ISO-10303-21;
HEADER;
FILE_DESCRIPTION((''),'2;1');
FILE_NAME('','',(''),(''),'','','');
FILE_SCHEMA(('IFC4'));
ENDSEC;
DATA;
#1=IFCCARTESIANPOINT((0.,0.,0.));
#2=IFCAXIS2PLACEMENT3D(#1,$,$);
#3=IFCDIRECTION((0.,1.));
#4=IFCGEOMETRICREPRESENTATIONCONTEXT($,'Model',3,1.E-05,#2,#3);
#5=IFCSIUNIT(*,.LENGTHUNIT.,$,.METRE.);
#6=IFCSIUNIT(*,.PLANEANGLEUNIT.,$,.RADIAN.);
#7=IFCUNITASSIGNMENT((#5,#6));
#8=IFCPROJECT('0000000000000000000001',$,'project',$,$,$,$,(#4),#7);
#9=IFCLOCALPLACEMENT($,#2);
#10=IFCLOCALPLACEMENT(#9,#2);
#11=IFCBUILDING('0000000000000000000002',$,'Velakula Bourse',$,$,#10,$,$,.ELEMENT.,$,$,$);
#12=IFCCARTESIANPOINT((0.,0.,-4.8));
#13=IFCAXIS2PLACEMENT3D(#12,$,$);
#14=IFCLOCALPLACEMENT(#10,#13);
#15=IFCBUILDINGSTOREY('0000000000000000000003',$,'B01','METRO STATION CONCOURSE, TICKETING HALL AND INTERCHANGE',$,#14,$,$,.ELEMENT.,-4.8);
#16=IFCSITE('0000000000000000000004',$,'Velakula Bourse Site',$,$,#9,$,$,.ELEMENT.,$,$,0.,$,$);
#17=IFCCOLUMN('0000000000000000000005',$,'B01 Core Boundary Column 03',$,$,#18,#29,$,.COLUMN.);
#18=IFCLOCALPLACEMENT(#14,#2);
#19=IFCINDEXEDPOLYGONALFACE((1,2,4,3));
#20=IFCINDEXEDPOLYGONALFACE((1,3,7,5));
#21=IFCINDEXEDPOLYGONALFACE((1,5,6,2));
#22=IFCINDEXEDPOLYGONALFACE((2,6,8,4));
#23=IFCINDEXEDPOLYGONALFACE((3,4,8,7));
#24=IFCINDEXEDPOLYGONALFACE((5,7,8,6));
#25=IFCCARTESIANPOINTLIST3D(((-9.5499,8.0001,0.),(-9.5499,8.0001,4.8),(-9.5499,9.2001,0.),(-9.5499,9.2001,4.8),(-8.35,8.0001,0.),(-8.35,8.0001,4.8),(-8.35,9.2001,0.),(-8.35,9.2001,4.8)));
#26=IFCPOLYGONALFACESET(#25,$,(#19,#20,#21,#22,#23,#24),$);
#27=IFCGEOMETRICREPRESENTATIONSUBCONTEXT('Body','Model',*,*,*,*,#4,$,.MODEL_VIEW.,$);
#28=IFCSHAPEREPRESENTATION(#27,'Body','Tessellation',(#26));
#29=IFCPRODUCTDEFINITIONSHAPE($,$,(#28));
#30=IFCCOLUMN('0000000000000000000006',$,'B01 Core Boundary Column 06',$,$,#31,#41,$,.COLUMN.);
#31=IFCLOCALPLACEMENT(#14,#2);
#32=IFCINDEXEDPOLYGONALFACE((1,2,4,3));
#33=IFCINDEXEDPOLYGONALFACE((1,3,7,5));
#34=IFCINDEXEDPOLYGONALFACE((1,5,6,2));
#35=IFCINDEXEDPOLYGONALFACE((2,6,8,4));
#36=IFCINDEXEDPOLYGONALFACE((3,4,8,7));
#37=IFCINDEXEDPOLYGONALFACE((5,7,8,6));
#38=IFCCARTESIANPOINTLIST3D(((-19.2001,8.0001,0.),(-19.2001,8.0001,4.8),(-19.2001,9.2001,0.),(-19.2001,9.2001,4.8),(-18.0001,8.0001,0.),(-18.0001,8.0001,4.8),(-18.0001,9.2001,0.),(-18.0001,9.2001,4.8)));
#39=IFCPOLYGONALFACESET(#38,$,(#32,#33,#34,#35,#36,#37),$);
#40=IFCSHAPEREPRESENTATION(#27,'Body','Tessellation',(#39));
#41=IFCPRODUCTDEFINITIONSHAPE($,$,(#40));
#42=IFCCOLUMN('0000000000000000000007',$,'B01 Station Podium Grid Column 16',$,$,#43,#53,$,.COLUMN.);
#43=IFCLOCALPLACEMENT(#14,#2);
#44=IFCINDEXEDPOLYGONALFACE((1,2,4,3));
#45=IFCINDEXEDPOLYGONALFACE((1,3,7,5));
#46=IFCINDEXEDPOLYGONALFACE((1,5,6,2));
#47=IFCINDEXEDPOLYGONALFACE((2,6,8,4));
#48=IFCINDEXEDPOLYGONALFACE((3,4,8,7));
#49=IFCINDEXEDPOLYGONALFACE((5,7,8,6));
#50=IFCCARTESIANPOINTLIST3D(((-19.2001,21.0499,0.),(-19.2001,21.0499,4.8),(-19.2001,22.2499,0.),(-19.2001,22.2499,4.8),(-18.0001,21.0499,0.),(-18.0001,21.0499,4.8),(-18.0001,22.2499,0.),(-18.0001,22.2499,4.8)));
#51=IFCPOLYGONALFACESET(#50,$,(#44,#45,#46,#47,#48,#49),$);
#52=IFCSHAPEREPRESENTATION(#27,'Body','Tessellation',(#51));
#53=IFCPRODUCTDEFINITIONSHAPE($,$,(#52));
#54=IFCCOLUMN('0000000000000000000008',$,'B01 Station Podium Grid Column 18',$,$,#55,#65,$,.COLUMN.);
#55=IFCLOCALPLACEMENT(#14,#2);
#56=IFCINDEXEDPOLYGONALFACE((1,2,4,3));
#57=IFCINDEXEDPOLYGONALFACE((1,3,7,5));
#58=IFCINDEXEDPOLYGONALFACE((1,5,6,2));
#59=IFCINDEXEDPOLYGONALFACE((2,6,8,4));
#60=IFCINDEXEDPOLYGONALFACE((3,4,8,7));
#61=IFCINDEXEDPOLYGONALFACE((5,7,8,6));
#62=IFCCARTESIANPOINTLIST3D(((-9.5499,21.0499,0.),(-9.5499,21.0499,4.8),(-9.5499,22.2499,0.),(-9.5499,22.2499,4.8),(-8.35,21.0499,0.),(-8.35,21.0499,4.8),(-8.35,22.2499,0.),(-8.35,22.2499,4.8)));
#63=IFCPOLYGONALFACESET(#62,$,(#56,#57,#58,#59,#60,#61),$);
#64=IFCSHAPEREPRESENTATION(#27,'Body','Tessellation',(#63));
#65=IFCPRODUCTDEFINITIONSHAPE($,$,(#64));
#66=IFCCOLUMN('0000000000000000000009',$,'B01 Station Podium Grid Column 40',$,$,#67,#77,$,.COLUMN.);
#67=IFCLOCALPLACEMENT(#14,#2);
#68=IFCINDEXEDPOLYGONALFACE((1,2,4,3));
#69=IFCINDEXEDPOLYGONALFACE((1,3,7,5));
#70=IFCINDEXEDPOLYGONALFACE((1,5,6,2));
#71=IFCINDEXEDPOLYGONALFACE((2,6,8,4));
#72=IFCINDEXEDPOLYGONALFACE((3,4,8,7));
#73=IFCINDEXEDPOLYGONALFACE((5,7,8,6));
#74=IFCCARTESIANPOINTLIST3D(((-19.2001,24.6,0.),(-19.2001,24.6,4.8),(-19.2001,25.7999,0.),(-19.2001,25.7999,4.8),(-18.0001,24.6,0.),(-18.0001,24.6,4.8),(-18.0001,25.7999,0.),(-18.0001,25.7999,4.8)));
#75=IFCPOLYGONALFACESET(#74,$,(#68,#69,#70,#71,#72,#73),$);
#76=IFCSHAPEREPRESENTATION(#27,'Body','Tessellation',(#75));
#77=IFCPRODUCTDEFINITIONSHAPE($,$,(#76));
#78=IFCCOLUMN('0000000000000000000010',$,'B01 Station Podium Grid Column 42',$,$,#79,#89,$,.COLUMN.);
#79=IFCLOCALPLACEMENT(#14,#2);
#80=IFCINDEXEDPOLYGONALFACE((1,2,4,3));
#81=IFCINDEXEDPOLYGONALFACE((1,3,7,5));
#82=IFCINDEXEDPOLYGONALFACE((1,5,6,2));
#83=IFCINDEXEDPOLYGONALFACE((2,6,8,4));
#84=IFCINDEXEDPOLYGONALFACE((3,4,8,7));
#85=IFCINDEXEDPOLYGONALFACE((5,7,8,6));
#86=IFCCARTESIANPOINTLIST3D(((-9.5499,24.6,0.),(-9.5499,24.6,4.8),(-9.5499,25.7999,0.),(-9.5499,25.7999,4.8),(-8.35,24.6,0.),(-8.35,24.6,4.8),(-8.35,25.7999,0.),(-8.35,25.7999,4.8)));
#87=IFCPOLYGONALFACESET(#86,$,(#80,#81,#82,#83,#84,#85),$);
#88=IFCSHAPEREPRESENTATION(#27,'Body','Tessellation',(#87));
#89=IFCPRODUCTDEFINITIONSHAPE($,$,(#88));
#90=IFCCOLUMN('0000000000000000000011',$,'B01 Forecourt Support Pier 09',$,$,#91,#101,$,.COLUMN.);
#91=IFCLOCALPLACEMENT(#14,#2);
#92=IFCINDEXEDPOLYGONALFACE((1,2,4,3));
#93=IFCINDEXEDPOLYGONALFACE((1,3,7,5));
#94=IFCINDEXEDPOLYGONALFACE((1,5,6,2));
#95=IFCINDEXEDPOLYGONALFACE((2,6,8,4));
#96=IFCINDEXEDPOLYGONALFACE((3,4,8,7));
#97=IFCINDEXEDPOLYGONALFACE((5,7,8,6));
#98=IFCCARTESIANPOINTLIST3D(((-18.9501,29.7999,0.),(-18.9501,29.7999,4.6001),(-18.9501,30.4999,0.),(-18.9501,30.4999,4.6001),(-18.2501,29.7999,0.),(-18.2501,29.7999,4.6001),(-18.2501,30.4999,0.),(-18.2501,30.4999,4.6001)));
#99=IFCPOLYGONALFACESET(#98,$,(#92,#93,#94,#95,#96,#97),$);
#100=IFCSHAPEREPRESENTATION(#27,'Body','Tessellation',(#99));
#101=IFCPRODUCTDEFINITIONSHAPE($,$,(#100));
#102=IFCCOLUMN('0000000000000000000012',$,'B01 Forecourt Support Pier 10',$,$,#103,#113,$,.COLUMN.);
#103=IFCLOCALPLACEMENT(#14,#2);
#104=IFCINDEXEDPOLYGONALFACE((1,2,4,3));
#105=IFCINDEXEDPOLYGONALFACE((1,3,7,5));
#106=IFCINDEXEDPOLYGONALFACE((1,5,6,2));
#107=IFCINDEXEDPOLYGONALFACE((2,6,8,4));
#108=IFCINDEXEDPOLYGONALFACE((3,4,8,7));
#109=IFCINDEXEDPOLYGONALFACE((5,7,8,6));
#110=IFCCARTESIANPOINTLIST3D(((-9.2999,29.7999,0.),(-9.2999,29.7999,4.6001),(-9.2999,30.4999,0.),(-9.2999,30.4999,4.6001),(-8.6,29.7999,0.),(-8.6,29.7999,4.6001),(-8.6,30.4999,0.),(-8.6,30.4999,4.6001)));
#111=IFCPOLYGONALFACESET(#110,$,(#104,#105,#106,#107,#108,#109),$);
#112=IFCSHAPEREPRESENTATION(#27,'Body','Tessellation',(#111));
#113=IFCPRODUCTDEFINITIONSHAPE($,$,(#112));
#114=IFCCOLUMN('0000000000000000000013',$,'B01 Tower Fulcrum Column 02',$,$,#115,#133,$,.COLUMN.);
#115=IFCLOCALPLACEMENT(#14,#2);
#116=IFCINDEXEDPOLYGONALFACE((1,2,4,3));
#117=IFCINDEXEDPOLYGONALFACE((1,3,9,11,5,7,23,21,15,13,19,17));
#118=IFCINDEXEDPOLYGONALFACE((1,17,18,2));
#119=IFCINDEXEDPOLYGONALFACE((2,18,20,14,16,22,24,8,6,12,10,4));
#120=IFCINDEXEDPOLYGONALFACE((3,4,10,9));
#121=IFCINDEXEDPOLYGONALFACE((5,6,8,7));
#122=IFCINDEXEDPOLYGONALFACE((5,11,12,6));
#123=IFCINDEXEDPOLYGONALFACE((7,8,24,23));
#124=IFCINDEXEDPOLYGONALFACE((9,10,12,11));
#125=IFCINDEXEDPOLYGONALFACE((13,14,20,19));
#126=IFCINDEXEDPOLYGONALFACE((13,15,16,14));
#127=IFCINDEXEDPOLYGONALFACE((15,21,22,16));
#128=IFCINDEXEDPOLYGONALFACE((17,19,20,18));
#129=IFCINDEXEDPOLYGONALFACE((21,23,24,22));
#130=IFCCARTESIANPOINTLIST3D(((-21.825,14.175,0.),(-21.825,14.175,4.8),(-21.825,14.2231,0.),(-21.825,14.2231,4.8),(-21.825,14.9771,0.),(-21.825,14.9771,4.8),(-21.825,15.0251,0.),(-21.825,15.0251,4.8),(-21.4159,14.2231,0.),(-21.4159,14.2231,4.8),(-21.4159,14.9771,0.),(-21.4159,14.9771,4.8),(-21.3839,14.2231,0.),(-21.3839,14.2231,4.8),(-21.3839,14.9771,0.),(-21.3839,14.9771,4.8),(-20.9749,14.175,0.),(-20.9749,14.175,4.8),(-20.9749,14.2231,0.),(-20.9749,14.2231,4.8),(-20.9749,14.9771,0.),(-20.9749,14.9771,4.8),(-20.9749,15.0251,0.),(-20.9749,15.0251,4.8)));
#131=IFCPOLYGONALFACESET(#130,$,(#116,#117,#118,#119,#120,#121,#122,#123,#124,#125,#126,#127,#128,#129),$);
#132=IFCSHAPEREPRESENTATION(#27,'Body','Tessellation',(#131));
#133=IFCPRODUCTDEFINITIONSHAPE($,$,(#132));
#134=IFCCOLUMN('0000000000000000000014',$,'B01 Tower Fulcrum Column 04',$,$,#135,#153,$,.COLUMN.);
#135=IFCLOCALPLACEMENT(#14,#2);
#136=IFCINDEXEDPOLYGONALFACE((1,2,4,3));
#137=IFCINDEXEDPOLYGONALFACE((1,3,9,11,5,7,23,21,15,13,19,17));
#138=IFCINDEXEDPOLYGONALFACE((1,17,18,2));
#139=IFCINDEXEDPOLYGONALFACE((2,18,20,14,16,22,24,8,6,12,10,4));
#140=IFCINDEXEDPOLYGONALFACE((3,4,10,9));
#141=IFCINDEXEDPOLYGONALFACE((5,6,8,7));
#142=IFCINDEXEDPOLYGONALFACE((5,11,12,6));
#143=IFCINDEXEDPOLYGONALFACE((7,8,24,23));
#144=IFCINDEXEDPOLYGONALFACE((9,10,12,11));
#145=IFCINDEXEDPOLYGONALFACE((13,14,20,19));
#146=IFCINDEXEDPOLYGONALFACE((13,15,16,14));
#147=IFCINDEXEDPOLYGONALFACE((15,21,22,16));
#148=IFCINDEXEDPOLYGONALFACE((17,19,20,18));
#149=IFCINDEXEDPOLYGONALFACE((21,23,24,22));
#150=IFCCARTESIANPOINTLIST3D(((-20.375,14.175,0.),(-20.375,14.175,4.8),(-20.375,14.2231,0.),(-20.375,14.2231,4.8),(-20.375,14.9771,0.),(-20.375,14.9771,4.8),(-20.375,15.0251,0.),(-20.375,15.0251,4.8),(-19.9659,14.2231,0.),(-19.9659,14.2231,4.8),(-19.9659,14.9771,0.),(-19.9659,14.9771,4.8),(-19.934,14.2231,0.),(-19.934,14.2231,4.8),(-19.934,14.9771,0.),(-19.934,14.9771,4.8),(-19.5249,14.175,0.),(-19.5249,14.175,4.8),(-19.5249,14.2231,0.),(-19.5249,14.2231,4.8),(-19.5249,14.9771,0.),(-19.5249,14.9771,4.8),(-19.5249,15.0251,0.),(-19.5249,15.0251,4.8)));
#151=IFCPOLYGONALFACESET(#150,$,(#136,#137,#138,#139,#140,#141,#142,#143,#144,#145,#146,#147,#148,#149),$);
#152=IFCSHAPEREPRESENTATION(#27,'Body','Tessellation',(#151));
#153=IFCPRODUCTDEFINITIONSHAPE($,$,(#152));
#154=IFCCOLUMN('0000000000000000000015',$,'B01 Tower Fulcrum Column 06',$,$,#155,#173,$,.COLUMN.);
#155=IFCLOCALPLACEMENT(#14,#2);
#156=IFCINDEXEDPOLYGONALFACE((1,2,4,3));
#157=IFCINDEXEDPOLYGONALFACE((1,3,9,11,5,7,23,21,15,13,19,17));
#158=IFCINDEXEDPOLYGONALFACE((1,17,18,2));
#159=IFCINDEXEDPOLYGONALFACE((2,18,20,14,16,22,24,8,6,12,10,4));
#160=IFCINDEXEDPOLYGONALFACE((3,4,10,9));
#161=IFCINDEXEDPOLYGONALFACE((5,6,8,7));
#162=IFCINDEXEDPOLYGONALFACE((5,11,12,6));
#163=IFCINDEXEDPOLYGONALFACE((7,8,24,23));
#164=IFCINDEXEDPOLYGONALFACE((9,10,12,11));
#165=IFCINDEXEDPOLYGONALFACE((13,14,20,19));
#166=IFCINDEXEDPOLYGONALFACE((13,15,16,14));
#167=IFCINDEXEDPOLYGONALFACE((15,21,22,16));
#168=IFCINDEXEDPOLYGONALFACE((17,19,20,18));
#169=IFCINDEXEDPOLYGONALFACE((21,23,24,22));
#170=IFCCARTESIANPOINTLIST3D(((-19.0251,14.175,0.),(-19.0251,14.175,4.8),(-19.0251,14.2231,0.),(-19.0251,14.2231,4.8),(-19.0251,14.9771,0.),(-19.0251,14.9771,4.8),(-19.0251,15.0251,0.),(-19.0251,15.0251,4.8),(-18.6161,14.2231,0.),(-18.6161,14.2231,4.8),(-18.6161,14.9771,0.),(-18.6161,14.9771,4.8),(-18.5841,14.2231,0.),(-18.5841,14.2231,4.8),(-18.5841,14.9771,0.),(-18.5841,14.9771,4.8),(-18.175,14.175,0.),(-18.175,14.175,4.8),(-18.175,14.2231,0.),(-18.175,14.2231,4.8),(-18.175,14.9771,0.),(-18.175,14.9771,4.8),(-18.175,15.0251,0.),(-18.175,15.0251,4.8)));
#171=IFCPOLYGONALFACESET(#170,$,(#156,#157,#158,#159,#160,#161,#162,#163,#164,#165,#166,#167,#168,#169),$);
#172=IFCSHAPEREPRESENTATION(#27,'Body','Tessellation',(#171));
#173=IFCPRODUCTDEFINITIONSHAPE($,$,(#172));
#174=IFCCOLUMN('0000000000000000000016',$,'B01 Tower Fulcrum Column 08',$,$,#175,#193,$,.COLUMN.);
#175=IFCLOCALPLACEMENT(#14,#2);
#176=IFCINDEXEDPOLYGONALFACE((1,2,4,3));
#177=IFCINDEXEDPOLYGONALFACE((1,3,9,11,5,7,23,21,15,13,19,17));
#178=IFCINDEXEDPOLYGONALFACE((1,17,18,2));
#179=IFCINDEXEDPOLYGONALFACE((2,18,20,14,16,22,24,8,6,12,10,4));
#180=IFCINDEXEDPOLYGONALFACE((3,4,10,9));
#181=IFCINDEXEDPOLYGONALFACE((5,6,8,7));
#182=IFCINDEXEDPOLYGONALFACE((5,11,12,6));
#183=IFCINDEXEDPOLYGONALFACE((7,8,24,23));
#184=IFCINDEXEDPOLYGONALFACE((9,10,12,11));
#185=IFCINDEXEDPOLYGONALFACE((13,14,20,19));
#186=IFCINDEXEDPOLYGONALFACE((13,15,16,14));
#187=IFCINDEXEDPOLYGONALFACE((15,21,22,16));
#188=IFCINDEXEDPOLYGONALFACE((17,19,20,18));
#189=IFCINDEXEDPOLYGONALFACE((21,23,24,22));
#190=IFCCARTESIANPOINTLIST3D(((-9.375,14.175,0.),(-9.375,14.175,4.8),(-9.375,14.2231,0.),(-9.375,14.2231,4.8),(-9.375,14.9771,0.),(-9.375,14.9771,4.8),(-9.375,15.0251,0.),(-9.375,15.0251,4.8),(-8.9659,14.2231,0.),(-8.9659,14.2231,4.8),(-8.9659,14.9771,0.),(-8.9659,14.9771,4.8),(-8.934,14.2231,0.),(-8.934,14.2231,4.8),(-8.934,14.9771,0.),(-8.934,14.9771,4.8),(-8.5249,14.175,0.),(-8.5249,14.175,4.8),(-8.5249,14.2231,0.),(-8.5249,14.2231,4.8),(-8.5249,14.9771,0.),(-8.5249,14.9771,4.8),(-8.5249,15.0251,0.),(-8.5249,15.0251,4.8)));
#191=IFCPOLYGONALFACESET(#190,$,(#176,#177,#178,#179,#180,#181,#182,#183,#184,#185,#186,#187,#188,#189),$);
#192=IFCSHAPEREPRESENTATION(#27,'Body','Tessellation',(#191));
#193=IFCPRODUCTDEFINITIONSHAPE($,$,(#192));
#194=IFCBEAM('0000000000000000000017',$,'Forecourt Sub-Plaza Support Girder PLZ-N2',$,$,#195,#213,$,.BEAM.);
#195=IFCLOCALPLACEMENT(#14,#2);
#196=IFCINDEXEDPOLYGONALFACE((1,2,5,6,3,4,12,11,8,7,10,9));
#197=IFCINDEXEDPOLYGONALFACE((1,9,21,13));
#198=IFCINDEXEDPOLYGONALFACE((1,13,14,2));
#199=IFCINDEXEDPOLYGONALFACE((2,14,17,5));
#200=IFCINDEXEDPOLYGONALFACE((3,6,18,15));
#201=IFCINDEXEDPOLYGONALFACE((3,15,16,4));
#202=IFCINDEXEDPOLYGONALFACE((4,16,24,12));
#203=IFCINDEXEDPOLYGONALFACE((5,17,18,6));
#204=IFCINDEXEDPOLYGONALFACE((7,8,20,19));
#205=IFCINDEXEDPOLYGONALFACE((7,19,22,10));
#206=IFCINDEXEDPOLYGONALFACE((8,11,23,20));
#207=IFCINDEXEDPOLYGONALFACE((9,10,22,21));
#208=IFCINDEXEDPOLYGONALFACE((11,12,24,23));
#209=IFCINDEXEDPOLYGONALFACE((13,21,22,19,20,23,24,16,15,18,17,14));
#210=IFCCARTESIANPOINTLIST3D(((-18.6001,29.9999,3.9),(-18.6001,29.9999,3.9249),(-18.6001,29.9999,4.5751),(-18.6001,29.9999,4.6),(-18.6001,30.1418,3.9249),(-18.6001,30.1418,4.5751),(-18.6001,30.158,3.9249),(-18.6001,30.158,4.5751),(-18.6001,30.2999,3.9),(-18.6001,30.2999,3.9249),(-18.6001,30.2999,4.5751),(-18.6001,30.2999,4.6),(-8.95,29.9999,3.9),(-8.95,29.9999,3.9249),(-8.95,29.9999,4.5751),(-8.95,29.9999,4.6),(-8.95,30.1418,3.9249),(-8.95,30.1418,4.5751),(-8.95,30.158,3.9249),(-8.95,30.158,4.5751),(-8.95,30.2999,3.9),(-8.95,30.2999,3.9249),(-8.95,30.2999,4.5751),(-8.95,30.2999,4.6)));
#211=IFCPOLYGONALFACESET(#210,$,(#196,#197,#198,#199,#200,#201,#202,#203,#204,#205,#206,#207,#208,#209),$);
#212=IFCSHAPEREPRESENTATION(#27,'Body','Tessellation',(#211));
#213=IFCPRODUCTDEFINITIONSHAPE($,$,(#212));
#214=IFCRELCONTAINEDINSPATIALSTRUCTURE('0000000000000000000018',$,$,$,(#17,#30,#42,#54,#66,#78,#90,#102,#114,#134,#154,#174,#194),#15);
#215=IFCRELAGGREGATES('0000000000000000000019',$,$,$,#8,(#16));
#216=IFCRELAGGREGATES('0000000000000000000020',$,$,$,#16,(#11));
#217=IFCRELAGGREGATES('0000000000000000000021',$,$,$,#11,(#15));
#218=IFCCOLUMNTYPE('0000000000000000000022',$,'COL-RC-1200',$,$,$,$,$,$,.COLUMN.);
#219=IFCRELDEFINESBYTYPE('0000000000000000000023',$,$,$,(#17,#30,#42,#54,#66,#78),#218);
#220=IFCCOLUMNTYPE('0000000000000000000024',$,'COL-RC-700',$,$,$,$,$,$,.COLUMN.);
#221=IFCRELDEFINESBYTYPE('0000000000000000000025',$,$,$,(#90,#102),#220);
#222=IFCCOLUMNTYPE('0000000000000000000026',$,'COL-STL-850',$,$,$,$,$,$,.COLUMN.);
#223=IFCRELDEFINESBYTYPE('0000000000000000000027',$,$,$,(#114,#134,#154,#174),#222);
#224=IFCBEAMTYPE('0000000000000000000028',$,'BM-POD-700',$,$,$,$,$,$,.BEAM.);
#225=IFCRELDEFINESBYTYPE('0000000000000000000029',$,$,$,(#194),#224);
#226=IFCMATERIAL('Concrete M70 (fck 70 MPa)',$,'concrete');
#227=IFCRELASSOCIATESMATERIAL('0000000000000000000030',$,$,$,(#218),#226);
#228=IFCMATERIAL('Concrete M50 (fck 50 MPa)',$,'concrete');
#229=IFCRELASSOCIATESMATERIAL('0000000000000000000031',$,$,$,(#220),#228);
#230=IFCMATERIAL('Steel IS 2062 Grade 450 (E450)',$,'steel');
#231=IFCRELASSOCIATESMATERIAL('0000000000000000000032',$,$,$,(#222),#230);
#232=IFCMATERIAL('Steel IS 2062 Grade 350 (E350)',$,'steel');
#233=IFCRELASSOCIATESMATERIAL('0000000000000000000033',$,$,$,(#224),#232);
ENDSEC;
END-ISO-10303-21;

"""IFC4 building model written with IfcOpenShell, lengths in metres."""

from ifc_helpers import new_model, si_unit, direction, frame, origin, origin_2d, place, context, subcontext, project, spatial, rectangle, i_section, extrude, material, material_profile, profile_set, type_object, element, save


model = new_model("IFC4")

# Units and contexts
model_context = context("Model", 3, precision=1e-05, world=origin(), true_north=direction((0.0, 1.0)))
body_context = subcontext(model_context, "Body", "Model", "MODEL_VIEW")
ifc_project = project(units=[si_unit("LENGTHUNIT", "METRE"), si_unit("PLANEANGLEUNIT", "RADIAN")], contexts=[model_context])

# Site, building, storey
site_placement = place(None, origin())
site = spatial("IfcSite", under=ifc_project, at=site_placement, Name="Velakula Bourse Site", CompositionType="ELEMENT", RefElevation=0.0)
building_placement = place(site_placement, origin())
building = spatial("IfcBuilding", under=site, at=building_placement, Name="Velakula Bourse", CompositionType="ELEMENT")
storey_placement = place(building_placement, frame((0.0, 0.0, -4.8)))
storey = spatial("IfcBuildingStorey", under=building, at=storey_placement, Name="B01", Description="METRO STATION CONCOURSE, TICKETING HALL AND INTERCHANGE", CompositionType="ELEMENT", Elevation=-4.8)

# Columns
ifc_material_1 = material(Name="Concrete M70 (fck 70 MPa)", Category="concrete")
ifc_material_profile_1 = material_profile(ifc_material_1, rectangle(XDim=1.2, YDim=1.2, at=origin_2d()), Name="Concrete M70 (fck 70 MPa)")
ifc_profile_set_1 = profile_set([ifc_material_profile_1], Name="Concrete M70 (fck 70 MPa)")
column_type_1 = type_object("IfcColumnType", Name="COL-RC-1200", PredefinedType="COLUMN", material=ifc_profile_set_1)
for number, where, z_axis, x_axis, name in (
    (1, (-8.95, 8.6001, 0.0), (0.0, 0.0, 1.0), (1.0, 0.0, 0.0), "B01 Core Boundary Column 03"),
    (2, (-18.6001, 8.6001, 0.0), (0.0, 0.0, 1.0), (1.0, 0.0, 0.0), "B01 Core Boundary Column 06"),
    (3, (-18.6001, 21.6499, 0.0), (0.0, 0.0, 1.0), (1.0, 0.0, 0.0), "B01 Station Podium Grid Column 16"),
    (4, (-8.95, 21.6499, 0.0), (0.0, 0.0, 1.0), (1.0, 0.0, 0.0), "B01 Station Podium Grid Column 18"),
    (5, (-18.6001, 25.2, 0.0), (0.0, 0.0, 1.0), (1.0, 0.0, 0.0), "B01 Station Podium Grid Column 40"),
    (6, (-8.95, 25.2, 0.0), (0.0, 0.0, 1.0), (1.0, 0.0, 0.0), "B01 Station Podium Grid Column 42"),
):
    element("IfcColumn", number, at=place(storey_placement, frame(where, z_axis=z_axis, x_axis=x_axis)), inside=storey, type_object=column_type_1, Name=name, PredefinedType="COLUMN", context=body_context, shape_type="SweptSolid", body=[
        extrude(rectangle(XDim=1.2, YDim=1.2, at=origin_2d()), origin(), (0.0, 0.0, 1.0), 4.8),
    ])
ifc_material_2 = material(Name="Concrete M50 (fck 50 MPa)", Category="concrete")
ifc_material_profile_2 = material_profile(ifc_material_2, rectangle(XDim=0.7, YDim=0.7, at=origin_2d()), Name="Concrete M50 (fck 50 MPa)")
ifc_profile_set_2 = profile_set([ifc_material_profile_2], Name="Concrete M50 (fck 50 MPa)")
column_type_2 = type_object("IfcColumnType", Name="COL-RC-700", PredefinedType="COLUMN", material=ifc_profile_set_2)
for number, where, z_axis, x_axis, name in (
    (7, (-18.6001, 30.1499, 0.0), (0.0, 0.0, 1.0), (1.0, 0.0, 0.0), "B01 Forecourt Support Pier 09"),
    (8, (-8.95, 30.1499, 0.0), (0.0, 0.0, 1.0), (1.0, 0.0, 0.0), "B01 Forecourt Support Pier 10"),
):
    element("IfcColumn", number, at=place(storey_placement, frame(where, z_axis=z_axis, x_axis=x_axis)), inside=storey, type_object=column_type_2, Name=name, PredefinedType="COLUMN", context=body_context, shape_type="SweptSolid", body=[
        extrude(rectangle(XDim=0.7, YDim=0.7, at=origin_2d()), origin(), (0.0, 0.0, 1.0), 4.6001),
    ])
ifc_material_3 = material(Name="Steel IS 2062 Grade 450 (E450)", Category="steel")
ifc_material_profile_3 = material_profile(ifc_material_3, i_section(OverallWidth=0.8501, OverallDepth=0.8501, WebThickness=0.032, FlangeThickness=0.0481, at=origin_2d()), Name="Steel IS 2062 Grade 450 (E450)")
ifc_profile_set_3 = profile_set([ifc_material_profile_3], Name="Steel IS 2062 Grade 450 (E450)")
column_type_3 = type_object("IfcColumnType", Name="COL-STL-850", PredefinedType="COLUMN", material=ifc_profile_set_3)
for number, where, z_axis, x_axis, name in (
    (9, (-21.3999, 14.6001, 0.0), (0.0, 0.0, 1.0), (1.0, 0.0, 0.0), "B01 Tower Fulcrum Column 02"),
    (10, (-19.95, 14.6001, 0.0), (0.0, 0.0, 1.0), (1.0, 0.0, 0.0), "B01 Tower Fulcrum Column 04"),
    (11, (-18.6001, 14.6001, 0.0), (0.0, 0.0, 1.0), (1.0, 0.0, 0.0), "B01 Tower Fulcrum Column 06"),
    (12, (-8.95, 14.6001, 0.0), (0.0, 0.0, 1.0), (1.0, 0.0, 0.0), "B01 Tower Fulcrum Column 08"),
):
    element("IfcColumn", number, at=place(storey_placement, frame(where, z_axis=z_axis, x_axis=x_axis)), inside=storey, type_object=column_type_3, Name=name, PredefinedType="COLUMN", context=body_context, shape_type="SweptSolid", body=[
        extrude(i_section(OverallWidth=0.8501, OverallDepth=0.8501, WebThickness=0.032, FlangeThickness=0.0481, at=origin_2d()), origin(), (0.0, 0.0, 1.0), 4.8),
    ])

# Beam
ifc_material_4 = material(Name="Steel IS 2062 Grade 350 (E350)", Category="steel")
ifc_material_profile_4 = material_profile(ifc_material_4, i_section(OverallWidth=0.3, OverallDepth=0.7, WebThickness=0.0161, FlangeThickness=0.0249, at=origin_2d()), Name="Steel IS 2062 Grade 350 (E350)")
ifc_profile_set_4 = profile_set([ifc_material_profile_4], Name="Steel IS 2062 Grade 350 (E350)")
beam_type_1 = type_object("IfcBeamType", Name="BM-POD-700", PredefinedType="BEAM", material=ifc_profile_set_4)
beam_1_placement = place(storey_placement, frame((-18.6001, 30.1499, 4.25), z_axis=(1.0, 0.0, 0.0), x_axis=(0.0, 1.0, 0.0)))
element("IfcBeam", 13, at=beam_1_placement, inside=storey, type_object=beam_type_1, Name="Forecourt Sub-Plaza Support Girder PLZ-N2", PredefinedType="BEAM", context=body_context, shape_type="SweptSolid", body=[
    extrude(i_section(OverallWidth=0.3, OverallDepth=0.7, WebThickness=0.0161, FlangeThickness=0.0249, at=origin_2d()), origin(), (0.0, 0.0, 1.0), 9.6501),
])

save(model, "model.ifc")
